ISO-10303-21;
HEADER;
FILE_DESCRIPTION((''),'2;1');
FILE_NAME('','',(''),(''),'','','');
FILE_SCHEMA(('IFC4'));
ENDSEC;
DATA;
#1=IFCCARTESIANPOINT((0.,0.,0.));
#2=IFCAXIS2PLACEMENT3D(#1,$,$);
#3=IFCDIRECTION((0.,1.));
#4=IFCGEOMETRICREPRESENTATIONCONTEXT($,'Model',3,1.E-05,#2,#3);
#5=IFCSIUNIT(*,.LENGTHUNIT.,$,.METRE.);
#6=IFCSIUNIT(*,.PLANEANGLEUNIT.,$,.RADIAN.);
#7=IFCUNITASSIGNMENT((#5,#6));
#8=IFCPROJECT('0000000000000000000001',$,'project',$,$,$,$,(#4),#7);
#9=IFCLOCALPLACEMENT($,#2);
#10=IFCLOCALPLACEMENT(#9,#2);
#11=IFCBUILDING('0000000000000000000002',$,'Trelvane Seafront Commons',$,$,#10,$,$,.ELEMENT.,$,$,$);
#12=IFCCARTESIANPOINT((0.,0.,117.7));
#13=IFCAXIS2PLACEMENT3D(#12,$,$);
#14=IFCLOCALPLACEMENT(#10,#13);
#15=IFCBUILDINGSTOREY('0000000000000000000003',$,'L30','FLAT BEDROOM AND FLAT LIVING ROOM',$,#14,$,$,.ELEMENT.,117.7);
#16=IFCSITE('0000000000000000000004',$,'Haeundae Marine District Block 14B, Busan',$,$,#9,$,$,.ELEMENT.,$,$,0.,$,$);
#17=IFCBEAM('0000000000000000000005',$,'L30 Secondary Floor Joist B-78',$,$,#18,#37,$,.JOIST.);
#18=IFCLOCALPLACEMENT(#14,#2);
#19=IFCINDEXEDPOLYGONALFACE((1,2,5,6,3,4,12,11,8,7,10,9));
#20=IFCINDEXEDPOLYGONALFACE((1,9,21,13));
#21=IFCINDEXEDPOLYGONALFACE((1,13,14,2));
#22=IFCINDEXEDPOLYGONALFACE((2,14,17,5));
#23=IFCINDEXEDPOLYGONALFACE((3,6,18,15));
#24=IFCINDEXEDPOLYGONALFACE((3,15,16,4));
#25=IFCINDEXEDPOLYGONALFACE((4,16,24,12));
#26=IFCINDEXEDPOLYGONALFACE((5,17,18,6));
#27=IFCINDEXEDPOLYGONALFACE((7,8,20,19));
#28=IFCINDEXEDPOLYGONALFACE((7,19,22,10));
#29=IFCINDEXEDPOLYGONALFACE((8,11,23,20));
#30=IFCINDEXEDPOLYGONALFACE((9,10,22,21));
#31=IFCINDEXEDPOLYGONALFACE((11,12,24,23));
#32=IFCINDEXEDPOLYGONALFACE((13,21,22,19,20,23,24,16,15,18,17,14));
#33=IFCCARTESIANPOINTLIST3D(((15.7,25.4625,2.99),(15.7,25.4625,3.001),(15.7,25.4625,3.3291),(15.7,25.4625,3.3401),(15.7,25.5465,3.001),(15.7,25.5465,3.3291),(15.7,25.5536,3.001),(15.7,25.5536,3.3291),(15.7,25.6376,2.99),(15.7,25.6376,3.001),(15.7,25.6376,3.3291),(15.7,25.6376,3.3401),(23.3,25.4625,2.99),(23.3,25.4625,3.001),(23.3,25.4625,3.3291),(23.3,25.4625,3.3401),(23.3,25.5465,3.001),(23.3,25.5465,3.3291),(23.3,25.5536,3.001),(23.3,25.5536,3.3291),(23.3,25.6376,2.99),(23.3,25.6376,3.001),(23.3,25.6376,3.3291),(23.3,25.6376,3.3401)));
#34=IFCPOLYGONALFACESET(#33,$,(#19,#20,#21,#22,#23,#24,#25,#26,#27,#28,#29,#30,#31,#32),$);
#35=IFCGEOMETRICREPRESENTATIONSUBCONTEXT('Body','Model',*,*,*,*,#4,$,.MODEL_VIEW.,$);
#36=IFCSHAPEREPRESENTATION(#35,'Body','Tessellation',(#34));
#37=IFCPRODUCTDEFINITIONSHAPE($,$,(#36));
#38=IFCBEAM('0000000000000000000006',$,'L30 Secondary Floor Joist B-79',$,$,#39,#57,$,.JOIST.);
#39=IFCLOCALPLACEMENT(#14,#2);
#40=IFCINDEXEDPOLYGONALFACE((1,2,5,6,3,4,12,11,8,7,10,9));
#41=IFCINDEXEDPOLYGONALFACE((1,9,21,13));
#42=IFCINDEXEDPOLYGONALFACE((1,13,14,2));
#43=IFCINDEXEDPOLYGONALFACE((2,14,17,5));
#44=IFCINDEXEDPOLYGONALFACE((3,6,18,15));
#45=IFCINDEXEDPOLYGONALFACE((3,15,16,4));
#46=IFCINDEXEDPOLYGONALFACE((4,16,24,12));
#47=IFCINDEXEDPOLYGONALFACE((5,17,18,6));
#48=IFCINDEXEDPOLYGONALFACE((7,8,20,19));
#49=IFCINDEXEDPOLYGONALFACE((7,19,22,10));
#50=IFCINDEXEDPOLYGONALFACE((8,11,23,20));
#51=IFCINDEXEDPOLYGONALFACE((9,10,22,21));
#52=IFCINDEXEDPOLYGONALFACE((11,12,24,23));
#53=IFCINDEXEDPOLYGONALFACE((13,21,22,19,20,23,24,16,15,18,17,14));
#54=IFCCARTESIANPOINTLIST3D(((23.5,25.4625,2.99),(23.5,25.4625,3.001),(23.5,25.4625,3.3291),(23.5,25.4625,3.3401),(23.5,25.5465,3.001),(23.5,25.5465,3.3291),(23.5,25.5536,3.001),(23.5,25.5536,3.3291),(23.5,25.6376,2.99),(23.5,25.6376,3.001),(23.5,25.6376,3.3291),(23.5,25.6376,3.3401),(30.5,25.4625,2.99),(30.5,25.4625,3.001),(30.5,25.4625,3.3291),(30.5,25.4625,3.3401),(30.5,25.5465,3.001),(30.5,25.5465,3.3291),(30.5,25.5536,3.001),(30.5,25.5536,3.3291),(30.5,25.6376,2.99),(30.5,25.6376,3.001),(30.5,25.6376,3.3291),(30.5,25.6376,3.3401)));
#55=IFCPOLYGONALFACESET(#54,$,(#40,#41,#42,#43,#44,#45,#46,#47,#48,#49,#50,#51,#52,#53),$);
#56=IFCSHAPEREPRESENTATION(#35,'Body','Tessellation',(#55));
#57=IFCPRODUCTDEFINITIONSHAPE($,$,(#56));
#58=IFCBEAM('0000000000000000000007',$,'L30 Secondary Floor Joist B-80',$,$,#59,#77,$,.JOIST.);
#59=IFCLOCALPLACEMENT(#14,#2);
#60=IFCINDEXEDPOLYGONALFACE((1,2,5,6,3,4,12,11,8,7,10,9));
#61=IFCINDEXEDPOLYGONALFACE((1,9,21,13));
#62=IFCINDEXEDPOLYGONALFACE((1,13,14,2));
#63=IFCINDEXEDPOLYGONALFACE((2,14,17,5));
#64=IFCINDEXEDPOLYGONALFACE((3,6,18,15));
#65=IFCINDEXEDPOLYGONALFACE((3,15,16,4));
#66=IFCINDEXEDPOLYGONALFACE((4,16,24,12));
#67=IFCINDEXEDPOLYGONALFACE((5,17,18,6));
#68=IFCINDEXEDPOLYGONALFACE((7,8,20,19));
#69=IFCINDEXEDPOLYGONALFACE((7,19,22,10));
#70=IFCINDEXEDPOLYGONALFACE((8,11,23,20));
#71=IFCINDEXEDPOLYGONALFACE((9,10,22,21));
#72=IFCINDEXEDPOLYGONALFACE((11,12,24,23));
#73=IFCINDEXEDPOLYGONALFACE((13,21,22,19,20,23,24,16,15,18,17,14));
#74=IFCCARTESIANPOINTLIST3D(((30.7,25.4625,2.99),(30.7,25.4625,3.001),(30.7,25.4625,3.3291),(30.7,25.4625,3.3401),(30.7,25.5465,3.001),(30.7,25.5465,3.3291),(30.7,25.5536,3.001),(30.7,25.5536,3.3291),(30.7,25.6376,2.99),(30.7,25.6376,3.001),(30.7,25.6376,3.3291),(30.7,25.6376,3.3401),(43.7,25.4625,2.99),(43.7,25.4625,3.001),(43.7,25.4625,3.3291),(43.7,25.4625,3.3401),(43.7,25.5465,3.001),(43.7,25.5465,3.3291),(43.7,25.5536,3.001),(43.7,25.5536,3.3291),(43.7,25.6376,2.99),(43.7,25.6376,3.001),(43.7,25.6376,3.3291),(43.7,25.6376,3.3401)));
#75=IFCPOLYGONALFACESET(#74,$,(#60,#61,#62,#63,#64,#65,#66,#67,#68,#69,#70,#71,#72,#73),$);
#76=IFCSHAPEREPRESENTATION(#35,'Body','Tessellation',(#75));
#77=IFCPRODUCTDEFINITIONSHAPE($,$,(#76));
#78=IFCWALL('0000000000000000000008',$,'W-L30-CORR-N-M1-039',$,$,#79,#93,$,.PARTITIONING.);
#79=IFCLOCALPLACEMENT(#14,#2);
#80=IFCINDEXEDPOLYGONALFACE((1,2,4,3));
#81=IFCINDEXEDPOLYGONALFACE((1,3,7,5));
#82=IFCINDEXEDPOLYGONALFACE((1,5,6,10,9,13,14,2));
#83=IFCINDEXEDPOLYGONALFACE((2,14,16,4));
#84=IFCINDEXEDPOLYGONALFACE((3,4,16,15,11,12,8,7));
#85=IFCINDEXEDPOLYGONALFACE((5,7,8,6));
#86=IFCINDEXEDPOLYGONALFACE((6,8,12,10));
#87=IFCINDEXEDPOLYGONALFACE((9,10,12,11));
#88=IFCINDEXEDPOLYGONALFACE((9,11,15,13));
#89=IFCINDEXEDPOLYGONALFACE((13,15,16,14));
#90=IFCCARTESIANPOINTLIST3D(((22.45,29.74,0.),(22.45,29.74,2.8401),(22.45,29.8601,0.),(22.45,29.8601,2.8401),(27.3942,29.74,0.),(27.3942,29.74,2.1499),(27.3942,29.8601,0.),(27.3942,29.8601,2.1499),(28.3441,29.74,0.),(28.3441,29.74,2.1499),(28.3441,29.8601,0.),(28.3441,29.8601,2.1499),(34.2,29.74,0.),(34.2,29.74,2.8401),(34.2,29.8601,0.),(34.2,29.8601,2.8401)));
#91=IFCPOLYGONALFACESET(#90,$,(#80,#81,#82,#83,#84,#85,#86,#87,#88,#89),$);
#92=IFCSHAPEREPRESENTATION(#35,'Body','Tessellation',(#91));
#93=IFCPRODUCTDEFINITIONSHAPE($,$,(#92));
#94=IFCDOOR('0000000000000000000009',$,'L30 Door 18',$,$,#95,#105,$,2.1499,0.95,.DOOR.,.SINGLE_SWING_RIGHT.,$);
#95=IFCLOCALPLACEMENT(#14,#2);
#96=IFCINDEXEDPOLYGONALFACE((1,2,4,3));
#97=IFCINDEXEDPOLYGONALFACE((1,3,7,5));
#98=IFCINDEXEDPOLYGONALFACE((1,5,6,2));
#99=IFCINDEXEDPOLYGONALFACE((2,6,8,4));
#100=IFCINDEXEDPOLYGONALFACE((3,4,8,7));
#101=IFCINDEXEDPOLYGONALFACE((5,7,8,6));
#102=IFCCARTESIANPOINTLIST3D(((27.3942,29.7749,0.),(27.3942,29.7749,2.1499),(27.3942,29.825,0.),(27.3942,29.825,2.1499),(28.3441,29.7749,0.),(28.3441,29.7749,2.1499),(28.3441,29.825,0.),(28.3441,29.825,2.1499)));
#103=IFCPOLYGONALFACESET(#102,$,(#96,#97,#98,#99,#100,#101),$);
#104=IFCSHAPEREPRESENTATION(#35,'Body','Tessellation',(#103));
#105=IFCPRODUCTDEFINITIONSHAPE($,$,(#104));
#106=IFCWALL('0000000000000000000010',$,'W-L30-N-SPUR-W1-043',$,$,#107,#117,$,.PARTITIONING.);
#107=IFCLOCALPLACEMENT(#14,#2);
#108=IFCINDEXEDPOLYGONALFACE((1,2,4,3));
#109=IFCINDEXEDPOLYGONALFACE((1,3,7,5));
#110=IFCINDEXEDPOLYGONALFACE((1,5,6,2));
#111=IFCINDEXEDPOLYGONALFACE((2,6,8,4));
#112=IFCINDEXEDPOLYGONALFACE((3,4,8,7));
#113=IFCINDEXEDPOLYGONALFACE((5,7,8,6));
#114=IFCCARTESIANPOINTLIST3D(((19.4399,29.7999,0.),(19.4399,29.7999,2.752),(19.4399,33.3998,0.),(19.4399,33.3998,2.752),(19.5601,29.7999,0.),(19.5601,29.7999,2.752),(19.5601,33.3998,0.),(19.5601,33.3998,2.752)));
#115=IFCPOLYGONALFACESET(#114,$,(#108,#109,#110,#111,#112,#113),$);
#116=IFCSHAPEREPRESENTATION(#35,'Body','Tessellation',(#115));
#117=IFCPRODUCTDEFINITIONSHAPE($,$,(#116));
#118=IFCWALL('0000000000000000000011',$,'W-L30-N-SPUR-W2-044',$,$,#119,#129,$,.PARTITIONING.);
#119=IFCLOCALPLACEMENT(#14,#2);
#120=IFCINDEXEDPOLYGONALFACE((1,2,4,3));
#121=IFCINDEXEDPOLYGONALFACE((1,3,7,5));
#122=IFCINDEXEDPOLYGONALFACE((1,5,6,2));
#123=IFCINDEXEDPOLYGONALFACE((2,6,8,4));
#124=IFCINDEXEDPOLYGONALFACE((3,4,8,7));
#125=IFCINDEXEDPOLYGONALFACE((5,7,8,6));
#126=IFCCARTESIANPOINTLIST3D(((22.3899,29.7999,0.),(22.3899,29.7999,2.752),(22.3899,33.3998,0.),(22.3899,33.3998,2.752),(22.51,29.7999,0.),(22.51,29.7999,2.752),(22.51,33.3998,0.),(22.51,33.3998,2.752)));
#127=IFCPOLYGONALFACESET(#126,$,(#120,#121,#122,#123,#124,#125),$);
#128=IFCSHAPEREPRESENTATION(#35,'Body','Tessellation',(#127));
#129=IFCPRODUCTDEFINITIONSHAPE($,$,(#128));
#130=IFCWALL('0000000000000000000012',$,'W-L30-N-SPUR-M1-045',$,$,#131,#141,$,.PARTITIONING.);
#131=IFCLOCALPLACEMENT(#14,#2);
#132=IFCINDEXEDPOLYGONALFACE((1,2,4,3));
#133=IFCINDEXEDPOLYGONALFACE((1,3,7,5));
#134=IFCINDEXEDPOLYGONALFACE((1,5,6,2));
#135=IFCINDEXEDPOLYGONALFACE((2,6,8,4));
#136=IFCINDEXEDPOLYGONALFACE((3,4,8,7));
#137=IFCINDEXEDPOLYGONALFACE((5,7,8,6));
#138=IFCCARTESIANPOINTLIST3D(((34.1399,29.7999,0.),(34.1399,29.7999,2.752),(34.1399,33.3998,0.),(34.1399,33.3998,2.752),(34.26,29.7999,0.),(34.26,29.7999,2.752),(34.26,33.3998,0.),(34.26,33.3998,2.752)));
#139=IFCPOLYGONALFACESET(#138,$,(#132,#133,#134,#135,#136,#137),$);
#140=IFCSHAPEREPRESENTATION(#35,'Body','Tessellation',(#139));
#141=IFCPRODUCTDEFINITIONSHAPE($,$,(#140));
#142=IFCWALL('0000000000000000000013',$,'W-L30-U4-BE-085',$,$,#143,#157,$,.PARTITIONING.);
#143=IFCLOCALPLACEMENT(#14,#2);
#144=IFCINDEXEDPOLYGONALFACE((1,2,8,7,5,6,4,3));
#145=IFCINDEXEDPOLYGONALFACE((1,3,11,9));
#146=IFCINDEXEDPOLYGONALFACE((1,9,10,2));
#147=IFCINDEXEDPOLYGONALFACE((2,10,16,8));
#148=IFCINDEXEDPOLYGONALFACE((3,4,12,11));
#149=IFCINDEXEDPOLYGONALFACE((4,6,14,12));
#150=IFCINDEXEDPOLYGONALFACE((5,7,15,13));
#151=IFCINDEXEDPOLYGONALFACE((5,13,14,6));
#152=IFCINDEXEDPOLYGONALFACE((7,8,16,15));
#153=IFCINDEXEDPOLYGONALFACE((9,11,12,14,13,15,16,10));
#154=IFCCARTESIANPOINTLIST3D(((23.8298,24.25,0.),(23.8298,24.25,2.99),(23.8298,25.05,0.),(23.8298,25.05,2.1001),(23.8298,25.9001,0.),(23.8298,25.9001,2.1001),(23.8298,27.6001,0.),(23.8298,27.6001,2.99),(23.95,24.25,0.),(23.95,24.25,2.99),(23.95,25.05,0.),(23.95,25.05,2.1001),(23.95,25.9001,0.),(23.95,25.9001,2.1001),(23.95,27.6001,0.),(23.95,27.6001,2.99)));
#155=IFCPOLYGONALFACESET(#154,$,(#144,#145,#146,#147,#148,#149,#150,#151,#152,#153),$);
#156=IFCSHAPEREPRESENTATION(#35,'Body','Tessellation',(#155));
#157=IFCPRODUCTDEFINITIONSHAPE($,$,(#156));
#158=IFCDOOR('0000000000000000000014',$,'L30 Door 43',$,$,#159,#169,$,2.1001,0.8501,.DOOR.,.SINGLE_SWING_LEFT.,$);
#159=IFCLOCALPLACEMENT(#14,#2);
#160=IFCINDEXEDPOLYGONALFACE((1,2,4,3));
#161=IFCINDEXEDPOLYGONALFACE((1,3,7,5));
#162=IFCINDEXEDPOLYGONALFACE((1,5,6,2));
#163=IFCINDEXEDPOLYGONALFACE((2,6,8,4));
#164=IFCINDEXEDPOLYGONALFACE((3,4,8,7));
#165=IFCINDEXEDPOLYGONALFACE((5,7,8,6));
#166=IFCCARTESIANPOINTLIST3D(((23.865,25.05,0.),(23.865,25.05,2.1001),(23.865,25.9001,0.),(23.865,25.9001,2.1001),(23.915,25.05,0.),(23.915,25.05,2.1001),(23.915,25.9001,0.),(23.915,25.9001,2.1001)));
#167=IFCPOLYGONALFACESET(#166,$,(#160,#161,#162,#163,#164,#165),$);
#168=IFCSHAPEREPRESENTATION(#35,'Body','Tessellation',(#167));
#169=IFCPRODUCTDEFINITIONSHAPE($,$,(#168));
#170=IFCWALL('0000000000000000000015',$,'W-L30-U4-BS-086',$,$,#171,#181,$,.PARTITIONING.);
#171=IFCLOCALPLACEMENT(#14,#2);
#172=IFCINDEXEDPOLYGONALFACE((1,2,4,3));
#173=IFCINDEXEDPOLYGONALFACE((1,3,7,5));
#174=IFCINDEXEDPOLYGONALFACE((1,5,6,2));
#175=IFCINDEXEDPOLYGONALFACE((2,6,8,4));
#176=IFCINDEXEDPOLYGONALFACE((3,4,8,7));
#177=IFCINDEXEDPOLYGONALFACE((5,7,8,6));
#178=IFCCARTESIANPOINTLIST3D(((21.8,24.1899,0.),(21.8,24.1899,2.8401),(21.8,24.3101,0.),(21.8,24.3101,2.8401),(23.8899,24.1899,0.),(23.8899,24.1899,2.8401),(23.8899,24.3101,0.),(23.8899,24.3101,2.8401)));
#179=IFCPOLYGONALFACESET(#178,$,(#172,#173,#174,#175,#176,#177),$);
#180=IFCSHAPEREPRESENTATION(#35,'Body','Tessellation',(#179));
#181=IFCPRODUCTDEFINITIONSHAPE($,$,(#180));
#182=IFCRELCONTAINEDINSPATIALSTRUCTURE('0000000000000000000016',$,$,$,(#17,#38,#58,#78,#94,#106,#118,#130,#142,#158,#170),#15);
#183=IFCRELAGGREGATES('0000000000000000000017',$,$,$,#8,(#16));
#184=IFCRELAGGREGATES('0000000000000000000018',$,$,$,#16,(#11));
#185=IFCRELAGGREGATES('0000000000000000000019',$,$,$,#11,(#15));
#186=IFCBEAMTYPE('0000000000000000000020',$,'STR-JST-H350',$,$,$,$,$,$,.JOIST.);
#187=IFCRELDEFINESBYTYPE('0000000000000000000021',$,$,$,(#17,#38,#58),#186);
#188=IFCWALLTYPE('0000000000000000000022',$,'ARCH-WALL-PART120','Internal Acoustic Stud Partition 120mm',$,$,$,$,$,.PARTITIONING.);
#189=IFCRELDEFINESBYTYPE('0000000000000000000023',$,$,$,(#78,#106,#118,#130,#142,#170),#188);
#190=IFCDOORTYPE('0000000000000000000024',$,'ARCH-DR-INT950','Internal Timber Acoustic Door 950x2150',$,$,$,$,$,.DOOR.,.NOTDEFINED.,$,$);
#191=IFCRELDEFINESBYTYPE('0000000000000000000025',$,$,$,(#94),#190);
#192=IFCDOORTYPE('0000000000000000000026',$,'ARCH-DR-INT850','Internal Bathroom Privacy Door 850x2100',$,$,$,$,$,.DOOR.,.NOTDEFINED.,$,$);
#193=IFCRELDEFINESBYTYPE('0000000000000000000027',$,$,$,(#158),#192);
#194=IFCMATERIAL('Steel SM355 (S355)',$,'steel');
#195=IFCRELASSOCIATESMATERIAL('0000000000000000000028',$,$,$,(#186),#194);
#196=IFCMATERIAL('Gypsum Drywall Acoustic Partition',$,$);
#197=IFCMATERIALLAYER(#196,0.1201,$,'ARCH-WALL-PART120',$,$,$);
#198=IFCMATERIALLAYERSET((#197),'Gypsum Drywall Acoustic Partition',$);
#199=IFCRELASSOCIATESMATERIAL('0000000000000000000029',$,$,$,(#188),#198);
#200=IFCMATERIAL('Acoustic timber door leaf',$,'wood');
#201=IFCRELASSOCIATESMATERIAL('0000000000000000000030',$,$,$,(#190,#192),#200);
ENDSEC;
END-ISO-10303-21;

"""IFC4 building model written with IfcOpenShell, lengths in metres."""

from ifc_helpers import new_model, si_unit, direction, frame, frame_2d, origin, origin_2d, place, context, subcontext, project, spatial, rectangle, i_section, extrude, source, transform, mapped, material, layer, layer_set, material_profile, profile_set, type_object, element, fill, save


model = new_model("IFC4")

# Units and contexts
model_context = context("Model", 3, precision=1e-05, world=origin(), true_north=direction((0.0, 1.0)))
body_context = subcontext(model_context, "Body", "Model", "MODEL_VIEW")
ifc_project = project(units=[si_unit("LENGTHUNIT", "METRE"), si_unit("PLANEANGLEUNIT", "RADIAN")], contexts=[model_context])

# Site, building, storey
site_placement = place(None, origin())
site = spatial("IfcSite", under=ifc_project, at=site_placement, Name="Haeundae Marine District Block 14B, Busan", CompositionType="ELEMENT", RefElevation=0.0)
building_placement = place(site_placement, origin())
building = spatial("IfcBuilding", under=site, at=building_placement, Name="Trelvane Seafront Commons", CompositionType="ELEMENT")
storey_placement = place(building_placement, frame((0.0, 0.0, 117.7)))
storey = spatial("IfcBuildingStorey", under=building, at=storey_placement, Name="L30", Description="FLAT BEDROOM AND FLAT LIVING ROOM", CompositionType="ELEMENT", Elevation=117.7)

# Beams
ifc_material_1 = material(Name="Steel SM355 (S355)", Category="steel")
ifc_material_profile = material_profile(ifc_material_1, i_section(OverallWidth=0.175, OverallDepth=0.3501, WebThickness=0.0071, FlangeThickness=0.011, at=origin_2d()), Name="H-350x175x7x11")
ifc_profile_set = profile_set([ifc_material_profile], Name="Steel SM355 (S355)")
beam_type = type_object("IfcBeamType", Name="STR-JST-H350", PredefinedType="JOIST", material=ifc_profile_set)
shared_shape_1 = source(origin(), body_context, "Body", "SweptSolid", [
    extrude(i_section(OverallWidth=0.175, OverallDepth=0.3501, WebThickness=0.0071, FlangeThickness=0.011, at=origin_2d()), origin(), (0.0, 0.0, 1.0), 7.6001),
])
beam_1_placement = place(storey_placement, frame((15.7, 25.55, 3.165), z_axis=(1.0, 0.0, 0.0), x_axis=(0.0, 1.0, 0.0)))
element("IfcBeam", 1, at=beam_1_placement, inside=storey, type_object=beam_type, Name="L30 Secondary Floor Joist B-78", PredefinedType="JOIST", context=body_context, shape_type="MappedRepresentation", body=[
    mapped(shared_shape_1, transform((0.0, 0.0, 0.0), x_axis=(1.0, 0.0, 0.0), y_axis=(0.0, 1.0, 0.0), z_axis=(0.0, 0.0, 1.0), scale=1.0)),
])
shared_shape_2 = source(origin(), body_context, "Body", "SweptSolid", [
    extrude(i_section(OverallWidth=0.175, OverallDepth=0.3501, WebThickness=0.0071, FlangeThickness=0.011, at=origin_2d()), origin(), (0.0, 0.0, 1.0), 7.0),
])
beam_2_placement = place(storey_placement, frame((23.5, 25.55, 3.165), z_axis=(1.0, 0.0, 0.0), x_axis=(0.0, 1.0, 0.0)))
element("IfcBeam", 2, at=beam_2_placement, inside=storey, type_object=beam_type, Name="L30 Secondary Floor Joist B-79", PredefinedType="JOIST", context=body_context, shape_type="MappedRepresentation", body=[
    mapped(shared_shape_2, transform((0.0, 0.0, 0.0), x_axis=(1.0, 0.0, 0.0), y_axis=(0.0, 1.0, 0.0), z_axis=(0.0, 0.0, 1.0), scale=1.0)),
])
shared_shape_3 = source(origin(), body_context, "Body", "SweptSolid", [
    extrude(i_section(OverallWidth=0.175, OverallDepth=0.3501, WebThickness=0.0071, FlangeThickness=0.011, at=origin_2d()), origin(), (0.0, 0.0, 1.0), 13.0),
])
beam_3_placement = place(storey_placement, frame((30.7, 25.55, 3.165), z_axis=(1.0, 0.0, 0.0), x_axis=(0.0, 1.0, 0.0)))
element("IfcBeam", 3, at=beam_3_placement, inside=storey, type_object=beam_type, Name="L30 Secondary Floor Joist B-80", PredefinedType="JOIST", context=body_context, shape_type="MappedRepresentation", body=[
    mapped(shared_shape_3, transform((0.0, 0.0, 0.0), x_axis=(1.0, 0.0, 0.0), y_axis=(0.0, 1.0, 0.0), z_axis=(0.0, 0.0, 1.0), scale=1.0)),
])

# Wall, opening, door
ifc_material_2 = material(Name="Gypsum Drywall Acoustic Partition")
ifc_layer_1 = layer(ifc_material_2, 0.1201, Name="ARCH-WALL-PART120")
ifc_layer_set_1 = layer_set([ifc_layer_1], Name="Gypsum Drywall Acoustic Partition")
wall_type_1 = type_object("IfcWallType", Name="ARCH-WALL-PART120", Description="Internal Acoustic Stud Partition 120mm", PredefinedType="PARTITIONING", material=ifc_layer_set_1)
wall_1_placement = place(storey_placement, frame((22.45, 29.8, 0.0), z_axis=(0.0, 0.0, 1.0), x_axis=(1.0, 0.0, 0.0)))
wall_1 = element("IfcWall", 4, at=wall_1_placement, inside=storey, type_object=wall_type_1, Name="W-L30-CORR-N-M1-039", PredefinedType="PARTITIONING", context=body_context, shape_type="SweptSolid", body=[
    extrude(rectangle(XDim=11.75, YDim=0.1201, at=frame_2d((5.875, 0.0))), origin(), (0.0, 0.0, 1.0), 2.8401),
])
opening_1_placement = place(wall_1_placement, frame((4.9441, 0.0, 0.0)))
opening_1 = element("IfcOpeningElement", 5, at=opening_1_placement, cuts=wall_1, PredefinedType="OPENING", context=body_context, shape_type="SweptSolid", body=[
    extrude(rectangle(XDim=0.95, YDim=2.1499, at=frame_2d((0.4751, 1.075))), frame((0.0, 0.0701, 0.0), z_axis=(0.0, -1.0, 0.0), x_axis=(1.0, 0.0, 0.0)), (0.0, 0.0, 1.0), 0.1401),
])
ifc_material_3 = material(Name="Acoustic timber door leaf", Category="wood")
door_type_1 = type_object("IfcDoorType", Name="ARCH-DR-INT950", Description="Internal Timber Acoustic Door 950x2150", OperationType="NOTDEFINED", PredefinedType="DOOR", material=ifc_material_3)
shared_shape_4 = source(origin(), body_context, "Body", "SweptSolid", [
    extrude(rectangle(XDim=0.95, YDim=2.1499, at=frame_2d((0.4751, 1.075))), frame((0.0, 0.0249, 0.0), z_axis=(0.0, -1.0, 0.0), x_axis=(1.0, 0.0, 0.0)), (0.0, 0.0, 1.0), 0.05),
])
door_1_placement = place(opening_1_placement, origin())
door_1 = element("IfcDoor", 6, at=door_1_placement, inside=storey, type_object=door_type_1, Name="L30 Door 18", OperationType="SINGLE_SWING_RIGHT", OverallHeight=2.1499, OverallWidth=0.95, PredefinedType="DOOR", context=body_context, shape_type="MappedRepresentation", body=[
    mapped(shared_shape_4, transform((0.0, 0.0, 0.0), x_axis=(1.0, 0.0, 0.0), y_axis=(0.0, 1.0, 0.0), z_axis=(0.0, 0.0, 1.0), scale=1.0)),
])
fill(opening_1, door_1)

# Walls
for number, where, z_axis, x_axis, name in (
    (7, (19.5, 29.8, 0.0), (0.0, 0.0, 1.0), (0.0, 1.0, 0.0), "W-L30-N-SPUR-W1-043"),
    (8, (22.45, 29.8, 0.0), (0.0, 0.0, 1.0), (0.0, 1.0, 0.0), "W-L30-N-SPUR-W2-044"),
    (9, (34.2, 29.8, 0.0), (0.0, 0.0, 1.0), (0.0, 1.0, 0.0), "W-L30-N-SPUR-M1-045"),
):
    element("IfcWall", number, at=place(storey_placement, frame(where, z_axis=z_axis, x_axis=x_axis)), inside=storey, type_object=wall_type_1, Name=name, PredefinedType="PARTITIONING", context=body_context, shape_type="SweptSolid", body=[
        extrude(rectangle(XDim=3.5999, YDim=0.1201, at=frame_2d((1.7998, 0.0))), origin(), (0.0, 0.0, 1.0), 2.752),
    ])

# Wall, opening, door
wall_2_placement = place(storey_placement, frame((23.8899, 24.25, 0.0), z_axis=(0.0, 0.0, 1.0), x_axis=(0.0, 1.0, 0.0)))
wall_2 = element("IfcWall", 10, at=wall_2_placement, inside=storey, type_object=wall_type_1, Name="W-L30-U4-BE-085", PredefinedType="PARTITIONING", context=body_context, shape_type="SweptSolid", body=[
    extrude(rectangle(XDim=3.3501, YDim=0.1201, at=frame_2d((1.675, 0.0))), origin(), (0.0, 0.0, 1.0), 2.99),
])
opening_2_placement = place(wall_2_placement, frame((0.8, 0.0, 0.0)))
opening_2 = element("IfcOpeningElement", 11, at=opening_2_placement, cuts=wall_2, PredefinedType="OPENING", context=body_context, shape_type="SweptSolid", body=[
    extrude(rectangle(XDim=0.8501, YDim=2.1001, at=frame_2d((0.425, 1.05))), frame((0.0, 0.0701, 0.0), z_axis=(0.0, -1.0, 0.0), x_axis=(1.0, 0.0, 0.0)), (0.0, 0.0, 1.0), 0.1401),
])
door_type_2 = type_object("IfcDoorType", Name="ARCH-DR-INT850", Description="Internal Bathroom Privacy Door 850x2100", OperationType="NOTDEFINED", PredefinedType="DOOR", material=ifc_material_3)
shared_shape_5 = source(origin(), body_context, "Body", "SweptSolid", [
    extrude(rectangle(XDim=0.8501, YDim=2.1001, at=frame_2d((0.425, 1.05))), frame((0.0, 0.0249, 0.0), z_axis=(0.0, -1.0, 0.0), x_axis=(1.0, 0.0, 0.0)), (0.0, 0.0, 1.0), 0.05),
])
door_2_placement = place(opening_2_placement, origin())
door_2 = element("IfcDoor", 12, at=door_2_placement, inside=storey, type_object=door_type_2, Name="L30 Door 43", OperationType="SINGLE_SWING_LEFT", OverallHeight=2.1001, OverallWidth=0.8501, PredefinedType="DOOR", context=body_context, shape_type="MappedRepresentation", body=[
    mapped(shared_shape_5, transform((0.0, 0.0, 0.0), x_axis=(1.0, 0.0, 0.0), y_axis=(0.0, 1.0, 0.0), z_axis=(0.0, 0.0, 1.0), scale=1.0)),
])
fill(opening_2, door_2)

# Wall
wall_3_placement = place(storey_placement, frame((21.8, 24.25, 0.0), z_axis=(0.0, 0.0, 1.0), x_axis=(1.0, 0.0, 0.0)))
element("IfcWall", 13, at=wall_3_placement, inside=storey, type_object=wall_type_1, Name="W-L30-U4-BS-086", PredefinedType="PARTITIONING", context=body_context, shape_type="SweptSolid", body=[
    extrude(rectangle(XDim=2.0898, YDim=0.1201, at=frame_2d((1.0449, 0.0))), origin(), (0.0, 0.0, 1.0), 2.8401),
])

save(model, "model.ifc")
